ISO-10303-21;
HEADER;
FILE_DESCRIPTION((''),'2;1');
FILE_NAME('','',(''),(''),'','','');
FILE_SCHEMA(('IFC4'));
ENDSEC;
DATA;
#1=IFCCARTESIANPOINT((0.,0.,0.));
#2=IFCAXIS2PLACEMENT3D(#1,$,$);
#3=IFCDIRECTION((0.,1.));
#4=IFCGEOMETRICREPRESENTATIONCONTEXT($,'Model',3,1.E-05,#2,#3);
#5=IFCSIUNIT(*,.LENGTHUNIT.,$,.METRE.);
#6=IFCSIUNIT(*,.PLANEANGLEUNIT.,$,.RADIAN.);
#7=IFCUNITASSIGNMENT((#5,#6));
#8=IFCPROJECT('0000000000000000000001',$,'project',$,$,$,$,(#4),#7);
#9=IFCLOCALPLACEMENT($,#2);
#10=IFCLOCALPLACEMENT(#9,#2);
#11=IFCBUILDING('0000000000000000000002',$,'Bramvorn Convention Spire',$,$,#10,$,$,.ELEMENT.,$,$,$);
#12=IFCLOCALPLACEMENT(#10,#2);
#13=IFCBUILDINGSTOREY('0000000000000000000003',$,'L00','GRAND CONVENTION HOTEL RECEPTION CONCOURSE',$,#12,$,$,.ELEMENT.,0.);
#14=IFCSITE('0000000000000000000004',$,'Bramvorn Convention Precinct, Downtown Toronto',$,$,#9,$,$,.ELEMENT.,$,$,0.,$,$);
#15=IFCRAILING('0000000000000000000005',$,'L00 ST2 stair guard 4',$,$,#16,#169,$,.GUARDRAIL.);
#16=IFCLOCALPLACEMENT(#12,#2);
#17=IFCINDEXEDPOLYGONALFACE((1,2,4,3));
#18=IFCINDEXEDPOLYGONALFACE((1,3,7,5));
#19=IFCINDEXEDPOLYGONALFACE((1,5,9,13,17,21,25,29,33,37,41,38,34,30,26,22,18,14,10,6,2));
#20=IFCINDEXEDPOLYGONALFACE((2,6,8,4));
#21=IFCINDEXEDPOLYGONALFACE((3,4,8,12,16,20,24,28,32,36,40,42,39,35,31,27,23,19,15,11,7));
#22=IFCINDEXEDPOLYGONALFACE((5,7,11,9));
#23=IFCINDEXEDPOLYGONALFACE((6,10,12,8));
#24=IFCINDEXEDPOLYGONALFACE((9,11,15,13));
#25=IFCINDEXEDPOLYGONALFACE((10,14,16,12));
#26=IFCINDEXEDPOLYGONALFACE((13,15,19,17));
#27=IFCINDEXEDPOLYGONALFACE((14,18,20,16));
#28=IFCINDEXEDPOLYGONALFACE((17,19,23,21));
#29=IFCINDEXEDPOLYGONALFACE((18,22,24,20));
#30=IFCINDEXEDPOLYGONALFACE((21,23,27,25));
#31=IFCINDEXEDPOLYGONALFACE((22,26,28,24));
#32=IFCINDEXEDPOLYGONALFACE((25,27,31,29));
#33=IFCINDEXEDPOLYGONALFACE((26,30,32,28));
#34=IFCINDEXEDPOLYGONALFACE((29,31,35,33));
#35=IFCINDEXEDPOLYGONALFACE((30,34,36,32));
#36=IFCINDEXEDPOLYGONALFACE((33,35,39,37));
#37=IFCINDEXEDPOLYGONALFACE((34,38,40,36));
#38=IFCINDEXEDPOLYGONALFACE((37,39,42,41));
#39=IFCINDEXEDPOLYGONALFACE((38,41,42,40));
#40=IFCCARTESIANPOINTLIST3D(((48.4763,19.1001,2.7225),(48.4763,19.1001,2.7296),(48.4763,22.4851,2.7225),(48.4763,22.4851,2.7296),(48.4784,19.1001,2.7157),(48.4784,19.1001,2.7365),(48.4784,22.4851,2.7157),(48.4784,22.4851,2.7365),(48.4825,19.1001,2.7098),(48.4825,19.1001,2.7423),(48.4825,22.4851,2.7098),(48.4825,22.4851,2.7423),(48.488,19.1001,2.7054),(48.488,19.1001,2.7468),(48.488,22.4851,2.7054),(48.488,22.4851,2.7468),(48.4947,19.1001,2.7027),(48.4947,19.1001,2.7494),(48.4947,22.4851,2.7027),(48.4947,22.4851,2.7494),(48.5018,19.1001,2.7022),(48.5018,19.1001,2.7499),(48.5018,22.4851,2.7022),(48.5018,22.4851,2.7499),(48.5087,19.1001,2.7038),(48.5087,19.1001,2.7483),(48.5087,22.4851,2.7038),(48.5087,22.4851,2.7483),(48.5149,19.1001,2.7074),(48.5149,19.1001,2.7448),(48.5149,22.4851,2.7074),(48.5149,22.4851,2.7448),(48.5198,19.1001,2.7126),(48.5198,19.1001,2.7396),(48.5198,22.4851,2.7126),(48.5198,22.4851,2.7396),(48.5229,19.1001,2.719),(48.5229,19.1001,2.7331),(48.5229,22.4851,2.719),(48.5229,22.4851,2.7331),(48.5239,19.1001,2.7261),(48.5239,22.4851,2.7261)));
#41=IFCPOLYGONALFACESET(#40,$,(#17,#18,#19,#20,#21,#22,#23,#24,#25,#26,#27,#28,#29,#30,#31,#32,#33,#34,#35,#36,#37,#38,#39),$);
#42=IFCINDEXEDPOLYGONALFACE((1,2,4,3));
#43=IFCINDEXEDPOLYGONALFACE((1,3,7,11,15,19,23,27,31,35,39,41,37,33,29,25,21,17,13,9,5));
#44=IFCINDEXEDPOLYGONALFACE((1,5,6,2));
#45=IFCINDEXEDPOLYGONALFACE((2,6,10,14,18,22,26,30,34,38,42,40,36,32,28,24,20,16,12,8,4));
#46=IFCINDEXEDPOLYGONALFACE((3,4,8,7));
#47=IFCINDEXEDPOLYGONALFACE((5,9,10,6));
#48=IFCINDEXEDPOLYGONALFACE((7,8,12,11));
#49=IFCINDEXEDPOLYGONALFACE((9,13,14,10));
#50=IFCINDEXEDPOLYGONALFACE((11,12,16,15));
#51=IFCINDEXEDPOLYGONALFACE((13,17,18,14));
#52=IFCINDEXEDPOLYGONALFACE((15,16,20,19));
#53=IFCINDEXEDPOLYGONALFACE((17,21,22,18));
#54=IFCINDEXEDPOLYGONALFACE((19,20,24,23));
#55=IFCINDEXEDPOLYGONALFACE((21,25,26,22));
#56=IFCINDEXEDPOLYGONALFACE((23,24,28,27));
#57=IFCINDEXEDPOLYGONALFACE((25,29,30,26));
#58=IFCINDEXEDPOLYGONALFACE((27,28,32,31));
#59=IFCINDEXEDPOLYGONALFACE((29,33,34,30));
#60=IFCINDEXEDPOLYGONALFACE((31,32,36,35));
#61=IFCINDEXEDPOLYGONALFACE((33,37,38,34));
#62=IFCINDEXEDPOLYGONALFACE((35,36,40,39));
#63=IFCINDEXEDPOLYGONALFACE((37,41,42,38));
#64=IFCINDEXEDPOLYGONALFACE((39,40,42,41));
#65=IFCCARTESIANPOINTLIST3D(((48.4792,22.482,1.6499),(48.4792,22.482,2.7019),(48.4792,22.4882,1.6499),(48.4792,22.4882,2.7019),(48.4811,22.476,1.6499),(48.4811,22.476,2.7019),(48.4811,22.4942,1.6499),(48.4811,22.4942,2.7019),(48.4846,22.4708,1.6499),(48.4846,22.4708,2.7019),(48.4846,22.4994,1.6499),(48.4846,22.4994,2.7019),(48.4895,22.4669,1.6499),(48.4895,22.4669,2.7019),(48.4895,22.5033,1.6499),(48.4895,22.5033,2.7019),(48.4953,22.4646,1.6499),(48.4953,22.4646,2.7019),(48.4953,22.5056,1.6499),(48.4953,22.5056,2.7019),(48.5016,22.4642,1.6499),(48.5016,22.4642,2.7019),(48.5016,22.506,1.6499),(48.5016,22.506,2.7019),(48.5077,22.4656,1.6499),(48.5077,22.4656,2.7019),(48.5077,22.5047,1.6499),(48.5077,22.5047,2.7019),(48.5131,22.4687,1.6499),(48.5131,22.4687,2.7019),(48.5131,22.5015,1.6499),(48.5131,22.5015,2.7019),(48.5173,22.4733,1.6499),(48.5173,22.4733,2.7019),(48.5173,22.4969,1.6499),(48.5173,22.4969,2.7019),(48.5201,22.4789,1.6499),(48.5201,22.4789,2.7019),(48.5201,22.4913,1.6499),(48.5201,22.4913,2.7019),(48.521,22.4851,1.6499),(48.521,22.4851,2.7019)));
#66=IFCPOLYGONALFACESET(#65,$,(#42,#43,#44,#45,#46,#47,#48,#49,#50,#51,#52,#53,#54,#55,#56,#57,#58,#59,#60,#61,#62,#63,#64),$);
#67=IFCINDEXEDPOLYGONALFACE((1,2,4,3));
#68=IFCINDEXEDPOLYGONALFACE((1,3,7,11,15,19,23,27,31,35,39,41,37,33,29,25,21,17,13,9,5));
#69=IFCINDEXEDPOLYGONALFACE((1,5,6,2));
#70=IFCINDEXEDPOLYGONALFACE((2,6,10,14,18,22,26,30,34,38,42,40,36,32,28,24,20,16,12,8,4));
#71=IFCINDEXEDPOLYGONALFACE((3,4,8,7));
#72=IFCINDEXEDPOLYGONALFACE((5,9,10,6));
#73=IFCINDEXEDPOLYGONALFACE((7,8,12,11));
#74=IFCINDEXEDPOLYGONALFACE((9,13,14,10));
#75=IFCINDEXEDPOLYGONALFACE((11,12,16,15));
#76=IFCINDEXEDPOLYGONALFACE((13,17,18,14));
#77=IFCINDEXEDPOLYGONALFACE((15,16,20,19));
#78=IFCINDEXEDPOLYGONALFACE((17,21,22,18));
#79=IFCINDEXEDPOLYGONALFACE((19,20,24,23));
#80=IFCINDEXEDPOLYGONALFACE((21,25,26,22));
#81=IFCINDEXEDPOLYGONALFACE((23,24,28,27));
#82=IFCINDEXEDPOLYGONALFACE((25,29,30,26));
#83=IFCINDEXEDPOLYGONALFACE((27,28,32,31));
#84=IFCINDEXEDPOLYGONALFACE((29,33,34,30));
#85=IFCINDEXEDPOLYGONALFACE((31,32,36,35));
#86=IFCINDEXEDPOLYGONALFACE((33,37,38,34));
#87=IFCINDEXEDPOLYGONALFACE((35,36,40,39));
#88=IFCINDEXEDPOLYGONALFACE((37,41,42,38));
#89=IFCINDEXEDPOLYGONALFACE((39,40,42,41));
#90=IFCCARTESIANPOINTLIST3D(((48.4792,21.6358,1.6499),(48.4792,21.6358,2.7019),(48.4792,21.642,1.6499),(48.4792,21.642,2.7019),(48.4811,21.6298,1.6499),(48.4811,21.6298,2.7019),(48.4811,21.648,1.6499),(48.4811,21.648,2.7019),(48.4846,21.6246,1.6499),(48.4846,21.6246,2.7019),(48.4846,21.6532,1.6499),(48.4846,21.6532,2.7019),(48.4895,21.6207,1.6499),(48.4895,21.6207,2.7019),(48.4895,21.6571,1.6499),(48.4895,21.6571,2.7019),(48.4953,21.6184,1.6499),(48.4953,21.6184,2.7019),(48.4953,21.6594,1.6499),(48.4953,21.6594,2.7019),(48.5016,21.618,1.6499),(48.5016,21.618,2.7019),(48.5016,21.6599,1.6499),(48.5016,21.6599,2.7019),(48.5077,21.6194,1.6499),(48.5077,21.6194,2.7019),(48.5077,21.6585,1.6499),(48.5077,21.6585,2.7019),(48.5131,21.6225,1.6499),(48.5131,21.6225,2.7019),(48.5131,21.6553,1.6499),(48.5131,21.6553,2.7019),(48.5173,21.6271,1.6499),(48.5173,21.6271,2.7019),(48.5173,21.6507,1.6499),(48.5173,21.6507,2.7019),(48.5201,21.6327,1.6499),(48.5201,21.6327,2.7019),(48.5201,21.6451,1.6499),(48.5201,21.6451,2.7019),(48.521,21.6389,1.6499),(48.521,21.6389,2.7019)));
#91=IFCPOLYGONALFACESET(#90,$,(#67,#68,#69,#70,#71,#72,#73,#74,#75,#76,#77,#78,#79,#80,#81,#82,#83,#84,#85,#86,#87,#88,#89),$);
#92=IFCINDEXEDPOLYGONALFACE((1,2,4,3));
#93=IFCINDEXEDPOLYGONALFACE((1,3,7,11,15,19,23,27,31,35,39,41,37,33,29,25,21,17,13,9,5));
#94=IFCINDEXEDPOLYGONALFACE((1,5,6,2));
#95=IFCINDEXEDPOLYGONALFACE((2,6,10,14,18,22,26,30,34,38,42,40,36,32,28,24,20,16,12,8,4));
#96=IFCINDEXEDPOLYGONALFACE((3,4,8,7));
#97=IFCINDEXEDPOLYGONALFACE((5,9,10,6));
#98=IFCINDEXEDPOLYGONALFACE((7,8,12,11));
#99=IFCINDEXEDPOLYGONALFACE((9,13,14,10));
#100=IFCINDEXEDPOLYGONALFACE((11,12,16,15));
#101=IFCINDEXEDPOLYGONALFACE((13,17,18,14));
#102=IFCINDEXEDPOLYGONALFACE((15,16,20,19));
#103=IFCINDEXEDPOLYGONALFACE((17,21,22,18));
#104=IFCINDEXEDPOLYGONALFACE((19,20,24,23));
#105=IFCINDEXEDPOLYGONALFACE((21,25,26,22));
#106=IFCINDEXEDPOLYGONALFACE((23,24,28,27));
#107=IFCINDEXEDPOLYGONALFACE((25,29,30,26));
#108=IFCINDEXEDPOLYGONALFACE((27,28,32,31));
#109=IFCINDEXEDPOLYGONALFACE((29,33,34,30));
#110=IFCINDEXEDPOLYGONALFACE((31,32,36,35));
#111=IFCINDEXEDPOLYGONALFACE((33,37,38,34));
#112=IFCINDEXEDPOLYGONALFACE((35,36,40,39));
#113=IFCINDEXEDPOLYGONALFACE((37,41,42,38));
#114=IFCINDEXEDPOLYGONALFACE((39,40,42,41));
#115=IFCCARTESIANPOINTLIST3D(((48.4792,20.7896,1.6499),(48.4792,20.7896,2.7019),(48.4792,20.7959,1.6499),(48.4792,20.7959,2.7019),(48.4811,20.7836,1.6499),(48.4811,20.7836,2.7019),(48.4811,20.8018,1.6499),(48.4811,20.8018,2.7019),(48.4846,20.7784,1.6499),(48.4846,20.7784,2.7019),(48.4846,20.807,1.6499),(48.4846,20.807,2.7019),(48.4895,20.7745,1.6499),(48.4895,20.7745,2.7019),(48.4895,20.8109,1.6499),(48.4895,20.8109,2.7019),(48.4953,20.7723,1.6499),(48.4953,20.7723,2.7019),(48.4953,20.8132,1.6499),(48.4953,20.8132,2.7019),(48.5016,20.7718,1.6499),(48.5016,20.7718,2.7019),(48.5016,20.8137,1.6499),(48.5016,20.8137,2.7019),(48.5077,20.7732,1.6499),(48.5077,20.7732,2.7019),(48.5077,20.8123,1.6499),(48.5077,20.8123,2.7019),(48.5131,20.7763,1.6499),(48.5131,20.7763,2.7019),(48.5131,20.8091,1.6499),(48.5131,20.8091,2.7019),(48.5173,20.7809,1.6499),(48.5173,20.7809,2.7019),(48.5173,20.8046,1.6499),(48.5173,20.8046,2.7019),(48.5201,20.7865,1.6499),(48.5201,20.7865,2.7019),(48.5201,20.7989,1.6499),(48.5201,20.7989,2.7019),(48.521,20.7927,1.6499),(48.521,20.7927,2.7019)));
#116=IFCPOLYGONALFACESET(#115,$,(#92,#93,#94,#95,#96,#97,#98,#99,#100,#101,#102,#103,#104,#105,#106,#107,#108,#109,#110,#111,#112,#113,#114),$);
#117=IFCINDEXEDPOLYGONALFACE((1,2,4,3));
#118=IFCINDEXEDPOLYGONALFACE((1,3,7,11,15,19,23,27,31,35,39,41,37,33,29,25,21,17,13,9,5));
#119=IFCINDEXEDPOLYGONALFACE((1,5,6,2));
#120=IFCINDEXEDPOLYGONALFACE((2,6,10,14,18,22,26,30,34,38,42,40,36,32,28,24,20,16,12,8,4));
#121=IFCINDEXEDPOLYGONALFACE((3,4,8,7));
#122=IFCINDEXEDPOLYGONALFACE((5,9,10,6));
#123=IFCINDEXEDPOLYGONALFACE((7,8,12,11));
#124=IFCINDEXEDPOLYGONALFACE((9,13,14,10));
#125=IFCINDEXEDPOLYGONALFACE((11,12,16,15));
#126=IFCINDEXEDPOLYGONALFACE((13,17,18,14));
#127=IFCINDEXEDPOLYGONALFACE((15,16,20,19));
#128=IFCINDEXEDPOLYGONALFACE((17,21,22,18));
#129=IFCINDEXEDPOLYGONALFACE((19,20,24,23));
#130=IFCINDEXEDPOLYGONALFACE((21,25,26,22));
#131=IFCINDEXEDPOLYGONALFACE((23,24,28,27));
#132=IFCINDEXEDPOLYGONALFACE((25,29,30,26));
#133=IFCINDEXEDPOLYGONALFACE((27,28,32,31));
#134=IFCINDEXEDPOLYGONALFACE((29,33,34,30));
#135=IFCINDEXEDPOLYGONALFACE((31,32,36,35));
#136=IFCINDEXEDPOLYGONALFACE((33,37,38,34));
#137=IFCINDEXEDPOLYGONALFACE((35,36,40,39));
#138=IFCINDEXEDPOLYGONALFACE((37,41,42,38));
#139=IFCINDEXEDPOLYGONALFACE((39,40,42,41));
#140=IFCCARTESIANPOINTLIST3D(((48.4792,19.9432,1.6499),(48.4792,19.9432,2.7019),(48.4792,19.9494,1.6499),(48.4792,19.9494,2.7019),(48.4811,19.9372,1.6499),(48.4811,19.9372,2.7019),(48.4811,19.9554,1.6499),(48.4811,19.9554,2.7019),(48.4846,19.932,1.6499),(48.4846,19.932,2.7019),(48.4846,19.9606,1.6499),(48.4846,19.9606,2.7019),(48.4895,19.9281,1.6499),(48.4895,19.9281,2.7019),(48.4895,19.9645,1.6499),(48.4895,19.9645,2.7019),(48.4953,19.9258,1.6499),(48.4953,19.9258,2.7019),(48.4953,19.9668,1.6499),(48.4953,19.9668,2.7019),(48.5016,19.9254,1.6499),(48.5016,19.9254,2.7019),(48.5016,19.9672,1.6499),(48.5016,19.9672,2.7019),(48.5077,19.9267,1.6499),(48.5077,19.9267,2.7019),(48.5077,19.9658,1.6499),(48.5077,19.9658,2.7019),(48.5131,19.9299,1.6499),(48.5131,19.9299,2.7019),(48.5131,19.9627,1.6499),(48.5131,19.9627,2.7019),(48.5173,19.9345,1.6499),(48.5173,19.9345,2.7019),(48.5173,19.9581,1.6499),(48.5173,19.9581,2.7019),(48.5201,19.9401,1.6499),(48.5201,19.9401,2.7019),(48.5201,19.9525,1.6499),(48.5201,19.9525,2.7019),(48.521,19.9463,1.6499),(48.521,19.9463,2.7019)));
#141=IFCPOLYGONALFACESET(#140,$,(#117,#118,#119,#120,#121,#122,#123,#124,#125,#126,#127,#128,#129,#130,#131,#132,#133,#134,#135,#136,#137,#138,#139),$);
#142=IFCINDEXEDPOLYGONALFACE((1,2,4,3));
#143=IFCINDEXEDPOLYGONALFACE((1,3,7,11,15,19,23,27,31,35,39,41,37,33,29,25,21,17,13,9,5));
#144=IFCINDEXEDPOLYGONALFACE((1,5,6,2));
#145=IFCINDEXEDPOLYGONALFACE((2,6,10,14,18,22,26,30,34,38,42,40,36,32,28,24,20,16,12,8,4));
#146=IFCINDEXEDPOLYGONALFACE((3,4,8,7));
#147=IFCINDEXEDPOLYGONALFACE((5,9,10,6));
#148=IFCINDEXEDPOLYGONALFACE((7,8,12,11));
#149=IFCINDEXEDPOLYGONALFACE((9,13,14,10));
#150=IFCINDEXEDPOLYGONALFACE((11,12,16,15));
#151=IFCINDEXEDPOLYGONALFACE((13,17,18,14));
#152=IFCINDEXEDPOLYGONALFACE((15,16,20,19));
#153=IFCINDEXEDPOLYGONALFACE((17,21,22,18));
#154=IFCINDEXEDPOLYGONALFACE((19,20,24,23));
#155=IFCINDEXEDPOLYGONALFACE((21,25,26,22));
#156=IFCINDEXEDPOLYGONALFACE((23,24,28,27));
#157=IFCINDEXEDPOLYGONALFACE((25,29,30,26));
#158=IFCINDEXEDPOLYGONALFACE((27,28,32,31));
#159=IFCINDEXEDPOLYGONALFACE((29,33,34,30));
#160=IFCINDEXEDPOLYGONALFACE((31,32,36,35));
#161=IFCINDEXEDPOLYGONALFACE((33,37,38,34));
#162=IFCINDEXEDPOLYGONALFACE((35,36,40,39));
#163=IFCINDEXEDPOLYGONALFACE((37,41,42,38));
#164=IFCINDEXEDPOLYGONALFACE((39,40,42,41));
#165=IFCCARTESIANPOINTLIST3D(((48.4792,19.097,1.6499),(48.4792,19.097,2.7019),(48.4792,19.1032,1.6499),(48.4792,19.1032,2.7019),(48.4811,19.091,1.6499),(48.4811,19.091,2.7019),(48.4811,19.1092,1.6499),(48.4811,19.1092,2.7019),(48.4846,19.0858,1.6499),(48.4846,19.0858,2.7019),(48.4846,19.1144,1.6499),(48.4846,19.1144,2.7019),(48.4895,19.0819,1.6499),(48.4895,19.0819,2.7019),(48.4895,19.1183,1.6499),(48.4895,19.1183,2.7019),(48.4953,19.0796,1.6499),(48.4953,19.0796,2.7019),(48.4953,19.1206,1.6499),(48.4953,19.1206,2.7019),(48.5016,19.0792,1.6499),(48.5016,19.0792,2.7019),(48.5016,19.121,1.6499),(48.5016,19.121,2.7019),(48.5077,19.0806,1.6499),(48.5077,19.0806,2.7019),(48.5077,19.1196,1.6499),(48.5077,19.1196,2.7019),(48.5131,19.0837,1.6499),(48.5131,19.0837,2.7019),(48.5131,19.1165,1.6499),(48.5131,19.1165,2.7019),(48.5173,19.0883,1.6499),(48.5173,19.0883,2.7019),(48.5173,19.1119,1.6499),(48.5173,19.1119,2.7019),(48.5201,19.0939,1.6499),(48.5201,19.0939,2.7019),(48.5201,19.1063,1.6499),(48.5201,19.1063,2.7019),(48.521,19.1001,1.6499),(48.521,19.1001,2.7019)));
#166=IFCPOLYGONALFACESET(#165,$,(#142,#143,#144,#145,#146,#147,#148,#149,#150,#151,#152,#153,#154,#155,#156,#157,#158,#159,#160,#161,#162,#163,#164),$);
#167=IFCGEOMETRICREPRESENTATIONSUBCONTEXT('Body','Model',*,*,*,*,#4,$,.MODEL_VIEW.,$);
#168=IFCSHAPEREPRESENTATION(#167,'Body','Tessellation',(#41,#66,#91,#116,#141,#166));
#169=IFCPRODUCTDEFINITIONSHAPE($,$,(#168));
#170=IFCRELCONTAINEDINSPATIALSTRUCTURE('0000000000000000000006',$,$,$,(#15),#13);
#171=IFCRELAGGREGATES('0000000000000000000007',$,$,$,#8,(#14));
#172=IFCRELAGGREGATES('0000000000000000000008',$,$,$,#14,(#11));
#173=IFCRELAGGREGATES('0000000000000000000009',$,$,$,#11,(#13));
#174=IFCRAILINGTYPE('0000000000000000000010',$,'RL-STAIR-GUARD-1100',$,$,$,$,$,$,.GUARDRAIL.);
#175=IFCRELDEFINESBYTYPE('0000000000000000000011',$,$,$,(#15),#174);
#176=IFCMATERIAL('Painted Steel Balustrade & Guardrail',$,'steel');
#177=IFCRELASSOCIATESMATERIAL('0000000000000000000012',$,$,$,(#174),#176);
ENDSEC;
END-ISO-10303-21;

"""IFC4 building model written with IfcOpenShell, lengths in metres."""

from ifc_helpers import new_model, si_unit, direction, frame, origin, origin_2d, place, context, subcontext, project, spatial, circle, extrude, material, type_object, element, save


model = new_model("IFC4")

# Units and contexts
model_context = context("Model", 3, precision=1e-05, world=origin(), true_north=direction((0.0, 1.0)))
body_context = subcontext(model_context, "Body", "Model", "MODEL_VIEW")
ifc_project = project(units=[si_unit("LENGTHUNIT", "METRE"), si_unit("PLANEANGLEUNIT", "RADIAN")], contexts=[model_context])

# Site, building, storey
site_placement = place(None, origin())
site = spatial("IfcSite", under=ifc_project, at=site_placement, Name="Bramvorn Convention Precinct, Downtown Toronto", CompositionType="ELEMENT", RefElevation=0.0)
building_placement = place(site_placement, origin())
building = spatial("IfcBuilding", under=site, at=building_placement, Name="Bramvorn Convention Spire", CompositionType="ELEMENT")
storey_placement = place(building_placement, origin())
storey = spatial("IfcBuildingStorey", under=building, at=storey_placement, Name="L00", Description="GRAND CONVENTION HOTEL RECEPTION CONCOURSE", CompositionType="ELEMENT", Elevation=0.0)

# Railing
ifc_material_1 = material(Name="Painted Steel Balustrade & Guardrail", Category="steel")
railing_type_1 = type_object("IfcRailingType", Name="RL-STAIR-GUARD-1100", PredefinedType="GUARDRAIL", material=ifc_material_1)
for number, where, name in (
    (1, (48.5, 22.4851, 1.6499), "L00 ST2 stair guard 4"),
):
    element("IfcRailing", number, at=place(storey_placement, frame(where)), inside=storey, type_object=railing_type_1, Name=name, PredefinedType="GUARDRAIL", context=body_context, shape_type="SweptSolid", body=[
        extrude(circle(Radius=0.0239, at=origin_2d()), frame((0.0, 0.0, 1.0762), z_axis=(0.0, -1.0, 0.0), x_axis=(1.0, 0.0, 0.0)), (0.0, 0.0, 1.0), 3.385),
        extrude(circle(Radius=0.021, at=origin_2d()), origin(), (0.0, 0.0, 1.0), 1.052),
        extrude(circle(Radius=0.021, at=origin_2d()), frame((0.0, -0.8462, 0.0)), (0.0, 0.0, 1.0), 1.052),
        extrude(circle(Radius=0.021, at=origin_2d()), frame((0.0, -1.6924, 0.0)), (0.0, 0.0, 1.0), 1.052),
        extrude(circle(Radius=0.021, at=origin_2d()), frame((0.0, -2.5388, 0.0)), (0.0, 0.0, 1.0), 1.052),
        extrude(circle(Radius=0.021, at=origin_2d()), frame((0.0, -3.385, 0.0)), (0.0, 0.0, 1.0), 1.052),
    ])

save(model, "model.ifc")
